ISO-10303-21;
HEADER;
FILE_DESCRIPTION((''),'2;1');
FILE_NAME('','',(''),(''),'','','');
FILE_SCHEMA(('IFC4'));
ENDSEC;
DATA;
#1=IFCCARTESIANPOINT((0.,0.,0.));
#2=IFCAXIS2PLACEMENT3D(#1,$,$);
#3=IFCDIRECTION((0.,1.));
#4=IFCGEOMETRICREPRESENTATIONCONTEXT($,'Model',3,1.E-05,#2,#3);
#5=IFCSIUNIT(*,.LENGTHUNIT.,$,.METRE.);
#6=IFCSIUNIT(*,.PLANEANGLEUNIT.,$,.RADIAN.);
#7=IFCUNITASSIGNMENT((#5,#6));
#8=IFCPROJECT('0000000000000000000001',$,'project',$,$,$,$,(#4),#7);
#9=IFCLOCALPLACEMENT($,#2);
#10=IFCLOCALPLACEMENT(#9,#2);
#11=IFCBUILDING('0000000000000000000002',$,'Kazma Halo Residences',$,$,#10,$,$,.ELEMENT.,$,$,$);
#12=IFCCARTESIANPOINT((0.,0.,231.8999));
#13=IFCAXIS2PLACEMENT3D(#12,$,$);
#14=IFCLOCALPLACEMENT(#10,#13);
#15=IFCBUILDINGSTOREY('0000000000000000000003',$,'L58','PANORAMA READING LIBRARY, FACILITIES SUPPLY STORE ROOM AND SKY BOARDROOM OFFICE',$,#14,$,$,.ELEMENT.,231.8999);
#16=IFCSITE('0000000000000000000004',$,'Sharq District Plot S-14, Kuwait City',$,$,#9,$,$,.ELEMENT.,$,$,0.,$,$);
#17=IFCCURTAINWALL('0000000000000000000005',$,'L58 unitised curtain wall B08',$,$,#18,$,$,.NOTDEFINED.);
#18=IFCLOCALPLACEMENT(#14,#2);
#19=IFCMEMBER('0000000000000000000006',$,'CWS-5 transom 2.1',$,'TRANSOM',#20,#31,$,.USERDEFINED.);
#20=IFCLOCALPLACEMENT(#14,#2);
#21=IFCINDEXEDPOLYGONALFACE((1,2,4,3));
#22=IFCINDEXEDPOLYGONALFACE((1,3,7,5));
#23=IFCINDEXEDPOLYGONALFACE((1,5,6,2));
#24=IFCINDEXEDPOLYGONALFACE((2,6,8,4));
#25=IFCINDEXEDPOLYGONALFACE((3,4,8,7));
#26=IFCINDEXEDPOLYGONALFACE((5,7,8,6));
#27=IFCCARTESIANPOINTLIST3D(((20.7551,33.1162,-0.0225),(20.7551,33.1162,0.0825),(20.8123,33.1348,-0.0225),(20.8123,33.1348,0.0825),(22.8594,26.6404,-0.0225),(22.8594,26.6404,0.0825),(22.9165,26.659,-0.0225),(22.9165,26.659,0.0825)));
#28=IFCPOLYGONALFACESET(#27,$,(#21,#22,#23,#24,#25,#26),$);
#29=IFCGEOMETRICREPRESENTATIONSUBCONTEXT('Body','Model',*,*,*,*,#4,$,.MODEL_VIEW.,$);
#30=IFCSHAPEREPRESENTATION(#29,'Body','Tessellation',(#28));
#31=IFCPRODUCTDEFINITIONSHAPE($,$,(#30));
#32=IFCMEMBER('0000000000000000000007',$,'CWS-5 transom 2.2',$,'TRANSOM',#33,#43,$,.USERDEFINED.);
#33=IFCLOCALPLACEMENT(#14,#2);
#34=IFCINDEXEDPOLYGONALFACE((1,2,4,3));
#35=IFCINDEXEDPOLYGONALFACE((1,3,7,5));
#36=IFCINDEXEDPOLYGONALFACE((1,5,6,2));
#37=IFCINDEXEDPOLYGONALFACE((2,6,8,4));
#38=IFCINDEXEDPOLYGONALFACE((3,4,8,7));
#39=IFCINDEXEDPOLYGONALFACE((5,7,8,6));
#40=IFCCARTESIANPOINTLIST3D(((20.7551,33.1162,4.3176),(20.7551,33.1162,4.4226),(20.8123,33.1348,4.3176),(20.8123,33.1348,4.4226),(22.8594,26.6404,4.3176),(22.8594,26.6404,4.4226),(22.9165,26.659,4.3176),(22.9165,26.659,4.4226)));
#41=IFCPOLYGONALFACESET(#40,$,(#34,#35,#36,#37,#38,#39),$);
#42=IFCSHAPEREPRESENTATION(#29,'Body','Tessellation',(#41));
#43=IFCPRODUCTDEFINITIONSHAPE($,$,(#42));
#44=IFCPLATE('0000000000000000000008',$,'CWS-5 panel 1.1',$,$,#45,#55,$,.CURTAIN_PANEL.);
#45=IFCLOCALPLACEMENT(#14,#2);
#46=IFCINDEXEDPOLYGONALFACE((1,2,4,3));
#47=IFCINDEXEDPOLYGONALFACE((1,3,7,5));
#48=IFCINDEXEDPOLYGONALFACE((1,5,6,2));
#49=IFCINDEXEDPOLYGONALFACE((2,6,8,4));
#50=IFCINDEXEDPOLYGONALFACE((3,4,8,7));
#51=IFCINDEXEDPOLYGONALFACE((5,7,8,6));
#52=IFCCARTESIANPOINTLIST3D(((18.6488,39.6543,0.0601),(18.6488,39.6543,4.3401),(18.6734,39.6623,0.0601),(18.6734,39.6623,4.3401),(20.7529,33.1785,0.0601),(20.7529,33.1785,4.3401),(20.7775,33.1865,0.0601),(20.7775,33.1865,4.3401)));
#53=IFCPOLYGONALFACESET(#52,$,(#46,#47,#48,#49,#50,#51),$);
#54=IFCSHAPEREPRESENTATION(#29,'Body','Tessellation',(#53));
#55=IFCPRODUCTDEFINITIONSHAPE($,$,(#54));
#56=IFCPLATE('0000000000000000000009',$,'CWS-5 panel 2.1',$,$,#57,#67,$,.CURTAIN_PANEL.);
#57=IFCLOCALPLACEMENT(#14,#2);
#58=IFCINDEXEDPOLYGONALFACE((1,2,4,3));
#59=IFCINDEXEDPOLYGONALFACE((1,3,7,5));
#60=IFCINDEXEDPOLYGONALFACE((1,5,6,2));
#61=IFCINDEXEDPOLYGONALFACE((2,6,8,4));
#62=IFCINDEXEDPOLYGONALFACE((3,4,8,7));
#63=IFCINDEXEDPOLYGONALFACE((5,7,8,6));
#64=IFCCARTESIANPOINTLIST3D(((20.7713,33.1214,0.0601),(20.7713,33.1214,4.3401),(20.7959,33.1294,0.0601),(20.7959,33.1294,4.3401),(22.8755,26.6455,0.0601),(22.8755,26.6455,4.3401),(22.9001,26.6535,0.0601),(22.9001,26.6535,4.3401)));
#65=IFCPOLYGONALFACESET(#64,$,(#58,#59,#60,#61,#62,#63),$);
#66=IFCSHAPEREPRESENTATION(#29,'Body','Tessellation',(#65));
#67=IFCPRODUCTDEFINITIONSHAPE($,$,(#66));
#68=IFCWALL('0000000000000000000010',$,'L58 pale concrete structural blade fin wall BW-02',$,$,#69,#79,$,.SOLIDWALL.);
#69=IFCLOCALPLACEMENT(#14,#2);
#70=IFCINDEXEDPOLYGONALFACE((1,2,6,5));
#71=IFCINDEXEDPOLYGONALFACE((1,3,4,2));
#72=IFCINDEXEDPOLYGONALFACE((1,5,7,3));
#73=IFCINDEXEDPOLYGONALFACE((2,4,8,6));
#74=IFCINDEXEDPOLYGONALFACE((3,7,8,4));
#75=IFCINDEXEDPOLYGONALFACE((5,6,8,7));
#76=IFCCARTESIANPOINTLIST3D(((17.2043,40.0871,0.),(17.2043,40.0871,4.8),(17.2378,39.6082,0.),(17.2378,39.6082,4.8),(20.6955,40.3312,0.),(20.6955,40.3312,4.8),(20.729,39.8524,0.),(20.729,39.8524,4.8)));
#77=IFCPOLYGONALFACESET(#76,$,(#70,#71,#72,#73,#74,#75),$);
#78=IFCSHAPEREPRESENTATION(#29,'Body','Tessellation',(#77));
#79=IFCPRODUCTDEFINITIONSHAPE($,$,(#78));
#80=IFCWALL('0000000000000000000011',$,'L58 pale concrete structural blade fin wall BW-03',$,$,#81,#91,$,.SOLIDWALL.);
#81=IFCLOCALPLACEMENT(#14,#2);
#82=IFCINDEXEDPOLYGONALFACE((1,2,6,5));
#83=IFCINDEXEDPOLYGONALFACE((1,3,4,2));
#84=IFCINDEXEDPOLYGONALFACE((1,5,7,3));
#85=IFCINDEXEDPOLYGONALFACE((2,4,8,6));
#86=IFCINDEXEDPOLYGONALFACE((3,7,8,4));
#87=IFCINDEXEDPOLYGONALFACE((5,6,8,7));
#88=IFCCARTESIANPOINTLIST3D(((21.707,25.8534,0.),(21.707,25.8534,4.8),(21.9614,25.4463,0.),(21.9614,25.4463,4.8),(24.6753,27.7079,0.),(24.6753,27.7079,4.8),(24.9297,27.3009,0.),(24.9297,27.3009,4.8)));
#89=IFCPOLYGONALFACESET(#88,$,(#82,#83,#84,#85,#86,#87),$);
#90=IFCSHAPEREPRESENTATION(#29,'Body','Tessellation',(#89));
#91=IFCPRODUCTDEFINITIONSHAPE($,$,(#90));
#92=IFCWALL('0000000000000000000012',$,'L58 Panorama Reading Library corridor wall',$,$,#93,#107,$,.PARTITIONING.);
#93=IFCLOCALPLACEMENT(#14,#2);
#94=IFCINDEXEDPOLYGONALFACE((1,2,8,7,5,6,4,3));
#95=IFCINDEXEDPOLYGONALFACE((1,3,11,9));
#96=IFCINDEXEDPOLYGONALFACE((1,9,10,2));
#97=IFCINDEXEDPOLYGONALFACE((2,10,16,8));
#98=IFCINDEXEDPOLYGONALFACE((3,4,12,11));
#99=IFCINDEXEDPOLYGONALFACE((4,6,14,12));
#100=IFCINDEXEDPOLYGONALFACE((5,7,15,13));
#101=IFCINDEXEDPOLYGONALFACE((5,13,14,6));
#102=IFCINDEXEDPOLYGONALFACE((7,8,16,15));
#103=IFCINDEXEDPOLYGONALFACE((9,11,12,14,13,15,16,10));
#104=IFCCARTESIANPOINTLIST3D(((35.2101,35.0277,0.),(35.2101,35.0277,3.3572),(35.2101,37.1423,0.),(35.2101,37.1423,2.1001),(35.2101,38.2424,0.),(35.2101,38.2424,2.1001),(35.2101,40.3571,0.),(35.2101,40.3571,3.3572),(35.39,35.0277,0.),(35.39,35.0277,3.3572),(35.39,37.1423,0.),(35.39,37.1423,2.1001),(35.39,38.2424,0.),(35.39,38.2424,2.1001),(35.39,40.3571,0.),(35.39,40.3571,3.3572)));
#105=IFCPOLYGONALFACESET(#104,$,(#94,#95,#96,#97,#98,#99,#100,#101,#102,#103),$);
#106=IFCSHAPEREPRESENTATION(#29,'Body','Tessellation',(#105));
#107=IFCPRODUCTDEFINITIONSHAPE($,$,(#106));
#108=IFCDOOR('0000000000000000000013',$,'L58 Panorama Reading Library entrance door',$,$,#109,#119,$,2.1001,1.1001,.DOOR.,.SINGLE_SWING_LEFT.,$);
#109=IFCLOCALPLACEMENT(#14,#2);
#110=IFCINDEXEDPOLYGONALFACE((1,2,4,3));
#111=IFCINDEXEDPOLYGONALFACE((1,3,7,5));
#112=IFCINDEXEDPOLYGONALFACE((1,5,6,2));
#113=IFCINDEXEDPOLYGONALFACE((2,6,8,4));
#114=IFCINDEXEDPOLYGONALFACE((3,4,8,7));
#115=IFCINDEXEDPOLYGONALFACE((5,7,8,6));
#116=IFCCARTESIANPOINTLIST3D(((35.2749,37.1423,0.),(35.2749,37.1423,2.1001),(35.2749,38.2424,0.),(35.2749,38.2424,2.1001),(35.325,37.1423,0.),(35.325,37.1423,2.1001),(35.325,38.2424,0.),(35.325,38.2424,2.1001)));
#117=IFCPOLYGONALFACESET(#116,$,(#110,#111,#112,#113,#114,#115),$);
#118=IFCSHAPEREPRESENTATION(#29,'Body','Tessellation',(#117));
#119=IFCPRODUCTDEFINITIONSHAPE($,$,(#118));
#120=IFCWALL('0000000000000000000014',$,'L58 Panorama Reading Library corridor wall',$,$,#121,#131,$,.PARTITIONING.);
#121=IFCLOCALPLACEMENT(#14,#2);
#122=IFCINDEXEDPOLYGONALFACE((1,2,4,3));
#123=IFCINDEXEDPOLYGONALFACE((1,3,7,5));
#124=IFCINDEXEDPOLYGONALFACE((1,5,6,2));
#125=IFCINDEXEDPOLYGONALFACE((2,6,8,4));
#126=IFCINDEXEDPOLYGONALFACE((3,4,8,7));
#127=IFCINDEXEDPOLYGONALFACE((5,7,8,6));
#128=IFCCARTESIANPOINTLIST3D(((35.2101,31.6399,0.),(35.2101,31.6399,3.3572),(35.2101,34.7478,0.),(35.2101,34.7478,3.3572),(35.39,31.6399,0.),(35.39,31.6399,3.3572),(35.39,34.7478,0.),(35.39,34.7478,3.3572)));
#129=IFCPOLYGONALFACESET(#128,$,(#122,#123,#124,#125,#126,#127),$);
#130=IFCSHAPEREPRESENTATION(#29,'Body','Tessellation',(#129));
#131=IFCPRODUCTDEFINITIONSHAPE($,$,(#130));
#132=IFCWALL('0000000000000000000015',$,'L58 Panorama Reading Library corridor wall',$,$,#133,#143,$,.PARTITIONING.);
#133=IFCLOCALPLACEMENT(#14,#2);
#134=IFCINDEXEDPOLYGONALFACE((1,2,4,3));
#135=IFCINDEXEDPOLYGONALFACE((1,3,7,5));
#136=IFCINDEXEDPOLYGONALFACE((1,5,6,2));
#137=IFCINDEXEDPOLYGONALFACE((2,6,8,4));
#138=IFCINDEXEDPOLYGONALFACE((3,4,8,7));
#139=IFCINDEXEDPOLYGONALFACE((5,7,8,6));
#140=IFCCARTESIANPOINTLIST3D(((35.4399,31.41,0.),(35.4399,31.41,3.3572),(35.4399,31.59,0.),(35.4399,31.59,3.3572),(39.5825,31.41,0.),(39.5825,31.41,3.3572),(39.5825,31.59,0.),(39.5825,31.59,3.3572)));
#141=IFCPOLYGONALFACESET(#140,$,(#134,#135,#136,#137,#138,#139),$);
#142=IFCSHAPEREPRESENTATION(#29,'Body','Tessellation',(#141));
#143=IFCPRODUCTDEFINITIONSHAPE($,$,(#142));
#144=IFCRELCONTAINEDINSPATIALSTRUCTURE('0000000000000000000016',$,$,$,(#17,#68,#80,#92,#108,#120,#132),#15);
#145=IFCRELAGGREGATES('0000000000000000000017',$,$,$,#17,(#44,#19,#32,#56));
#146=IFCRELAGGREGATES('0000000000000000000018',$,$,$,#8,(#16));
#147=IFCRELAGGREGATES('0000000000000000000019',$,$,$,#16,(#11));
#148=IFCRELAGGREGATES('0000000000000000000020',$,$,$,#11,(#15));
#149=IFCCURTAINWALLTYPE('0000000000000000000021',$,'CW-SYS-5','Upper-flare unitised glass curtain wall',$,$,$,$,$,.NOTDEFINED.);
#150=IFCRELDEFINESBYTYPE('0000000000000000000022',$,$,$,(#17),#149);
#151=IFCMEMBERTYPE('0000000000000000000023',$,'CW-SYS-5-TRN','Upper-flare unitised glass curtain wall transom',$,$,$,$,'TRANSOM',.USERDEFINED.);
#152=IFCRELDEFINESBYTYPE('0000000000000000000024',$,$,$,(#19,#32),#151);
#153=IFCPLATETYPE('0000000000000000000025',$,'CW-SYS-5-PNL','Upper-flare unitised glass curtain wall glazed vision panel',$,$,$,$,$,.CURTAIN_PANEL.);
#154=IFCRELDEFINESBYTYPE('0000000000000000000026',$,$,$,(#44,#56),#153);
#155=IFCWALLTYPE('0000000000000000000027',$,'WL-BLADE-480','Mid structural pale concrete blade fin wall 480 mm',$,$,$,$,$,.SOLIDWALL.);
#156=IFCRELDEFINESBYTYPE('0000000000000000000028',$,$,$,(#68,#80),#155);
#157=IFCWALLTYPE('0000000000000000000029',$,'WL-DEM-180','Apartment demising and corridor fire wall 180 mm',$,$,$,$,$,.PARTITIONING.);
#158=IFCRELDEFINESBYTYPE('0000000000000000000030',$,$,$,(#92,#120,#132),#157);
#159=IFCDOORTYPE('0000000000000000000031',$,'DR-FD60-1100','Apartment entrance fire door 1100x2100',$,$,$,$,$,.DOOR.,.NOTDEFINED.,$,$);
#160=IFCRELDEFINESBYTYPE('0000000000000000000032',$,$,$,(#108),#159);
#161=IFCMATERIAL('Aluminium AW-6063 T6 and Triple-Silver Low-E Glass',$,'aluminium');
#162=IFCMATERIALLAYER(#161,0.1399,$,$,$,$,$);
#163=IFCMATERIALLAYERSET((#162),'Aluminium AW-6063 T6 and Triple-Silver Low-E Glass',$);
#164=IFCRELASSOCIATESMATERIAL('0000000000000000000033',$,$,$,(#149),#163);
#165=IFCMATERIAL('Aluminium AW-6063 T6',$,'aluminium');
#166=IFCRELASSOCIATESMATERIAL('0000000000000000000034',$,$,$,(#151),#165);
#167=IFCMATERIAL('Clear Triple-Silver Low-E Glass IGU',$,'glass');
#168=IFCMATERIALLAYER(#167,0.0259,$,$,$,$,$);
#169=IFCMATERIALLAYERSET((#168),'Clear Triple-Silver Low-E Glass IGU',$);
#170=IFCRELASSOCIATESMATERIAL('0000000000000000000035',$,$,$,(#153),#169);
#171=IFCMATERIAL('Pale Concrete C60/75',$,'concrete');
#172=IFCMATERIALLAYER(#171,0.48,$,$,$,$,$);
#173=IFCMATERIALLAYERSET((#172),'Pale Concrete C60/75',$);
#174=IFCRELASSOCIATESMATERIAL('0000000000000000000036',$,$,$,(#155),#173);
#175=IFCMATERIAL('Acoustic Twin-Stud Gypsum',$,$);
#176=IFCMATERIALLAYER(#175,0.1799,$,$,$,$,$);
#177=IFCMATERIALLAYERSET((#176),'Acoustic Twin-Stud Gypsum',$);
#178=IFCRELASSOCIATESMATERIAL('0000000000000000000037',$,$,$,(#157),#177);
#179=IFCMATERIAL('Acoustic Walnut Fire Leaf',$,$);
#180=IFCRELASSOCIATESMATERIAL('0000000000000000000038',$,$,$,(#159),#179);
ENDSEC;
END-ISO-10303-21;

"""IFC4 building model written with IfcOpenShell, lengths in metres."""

from ifc_helpers import new_model, si_unit, direction, frame, frame_2d, origin, origin_2d, place, context, subcontext, project, spatial, rectangle, extrude, material, layer, layer_set, material_profile, profile_set, type_object, element, fill, aggregate, save


model = new_model("IFC4")

# Units and contexts
model_context = context("Model", 3, precision=1e-05, world=origin(), true_north=direction((0.0, 1.0)))
body_context = subcontext(model_context, "Body", "Model", "MODEL_VIEW")
ifc_project = project(units=[si_unit("LENGTHUNIT", "METRE"), si_unit("PLANEANGLEUNIT", "RADIAN")], contexts=[model_context])

# Site, building, storey
site_placement = place(None, origin())
site = spatial("IfcSite", under=ifc_project, at=site_placement, Name="Sharq District Plot S-14, Kuwait City", CompositionType="ELEMENT", RefElevation=0.0)
building_placement = place(site_placement, origin())
building = spatial("IfcBuilding", under=site, at=building_placement, Name="Kazma Halo Residences", CompositionType="ELEMENT")
storey_placement = place(building_placement, frame((0.0, 0.0, 231.8999)))
storey = spatial("IfcBuildingStorey", under=building, at=storey_placement, Name="L58", Description="PANORAMA READING LIBRARY, FACILITIES SUPPLY STORE ROOM AND SKY BOARDROOM OFFICE", CompositionType="ELEMENT", Elevation=231.8999)

# Shared definitions
ifc_material_1 = material(Name="Aluminium AW-6063 T6 and Triple-Silver Low-E Glass", Category="aluminium")
ifc_layer_1 = layer(ifc_material_1, 0.1399)
ifc_layer_set_1 = layer_set([ifc_layer_1], Name="Aluminium AW-6063 T6 and Triple-Silver Low-E Glass")
curtain_wall_type = type_object("IfcCurtainWallType", Name="CW-SYS-5", Description="Upper-flare unitised glass curtain wall", PredefinedType="NOTDEFINED", material=ifc_layer_set_1)
ifc_material_2 = material(Name="Aluminium AW-6063 T6", Category="aluminium")

# Curtain wall
curtain_wall_1_placement = place(storey_placement, origin())
curtain_wall_1 = element("IfcCurtainWall", 1, at=curtain_wall_1_placement, inside=storey, type_object=curtain_wall_type, Name="L58 unitised curtain wall B08", PredefinedType="NOTDEFINED")

# Members
ifc_material_profile_1 = material_profile(ifc_material_2, rectangle(XDim=0.0601, YDim=0.105, at=origin_2d()), Name="CWT-60x105")
ifc_profile_set_1 = profile_set([ifc_material_profile_1], Name="Aluminium AW-6063 T6")
member_type_1 = type_object("IfcMemberType", Name="CW-SYS-5-TRN", Description="Upper-flare unitised glass curtain wall transom", ElementType="TRANSOM", PredefinedType="USERDEFINED", material=ifc_profile_set_1)
member_1_placement = place(storey_placement, frame((20.7837, 33.1255, 0.03), z_axis=(0.309033, -0.951051, 0.0), x_axis=(0.951051, 0.309033, 0.0)))
member_1 = element("IfcMember", 2, at=member_1_placement, type_object=member_type_1, Name="CWS-5 transom 2.1", ObjectType="TRANSOM", PredefinedType="USERDEFINED", context=body_context, shape_type="SweptSolid", body=[
    extrude(rectangle(XDim=0.0601, YDim=0.105, at=origin_2d()), origin(), (0.0, 0.0, 1.0), 6.8091),
])
member_2_placement = place(storey_placement, frame((20.7837, 33.1255, 4.3701), z_axis=(0.309033, -0.951051, 0.0), x_axis=(0.951051, 0.309033, 0.0)))
member_2 = element("IfcMember", 3, at=member_2_placement, type_object=member_type_1, Name="CWS-5 transom 2.2", ObjectType="TRANSOM", PredefinedType="USERDEFINED", context=body_context, shape_type="SweptSolid", body=[
    extrude(rectangle(XDim=0.0601, YDim=0.105, at=origin_2d()), origin(), (0.0, 0.0, 1.0), 6.8091),
])

# Plates
ifc_material_3 = material(Name="Clear Triple-Silver Low-E Glass IGU", Category="glass")
ifc_layer_2 = layer(ifc_material_3, 0.0259)
ifc_layer_set_2 = layer_set([ifc_layer_2], Name="Clear Triple-Silver Low-E Glass IGU")
plate_type = type_object("IfcPlateType", Name="CW-SYS-5-PNL", Description="Upper-flare unitised glass curtain wall glazed vision panel", PredefinedType="CURTAIN_PANEL", material=ifc_layer_set_2)
plate_1_placement = place(storey_placement, frame((19.7131, 36.4204, 0.0601), z_axis=(0.0, 0.0, 1.0), x_axis=(0.30902, -0.951056, 0.0)))
plate_1 = element("IfcPlate", 4, at=plate_1_placement, type_object=plate_type, Name="CWS-5 panel 1.1", PredefinedType="CURTAIN_PANEL", context=body_context, shape_type="SweptSolid", body=[
    extrude(rectangle(XDim=6.8091, YDim=0.0259, at=origin_2d()), origin(), (0.0, 0.0, 1.0), 4.28),
])
plate_2_placement = place(storey_placement, frame((21.8357, 29.8875, 0.0601), z_axis=(0.0, 0.0, 1.0), x_axis=(0.30902, -0.951056, 0.0)))
plate_2 = element("IfcPlate", 5, at=plate_2_placement, type_object=plate_type, Name="CWS-5 panel 2.1", PredefinedType="CURTAIN_PANEL", context=body_context, shape_type="SweptSolid", body=[
    extrude(rectangle(XDim=6.8091, YDim=0.0259, at=origin_2d()), origin(), (0.0, 0.0, 1.0), 4.28),
])
aggregate(curtain_wall_1, [plate_1, member_1, member_2, plate_2])

# Walls
ifc_material_4 = material(Name="Pale Concrete C60/75", Category="concrete")
ifc_layer_3 = layer(ifc_material_4, 0.48)
ifc_layer_set_3 = layer_set([ifc_layer_3], Name="Pale Concrete C60/75")
wall_type_1 = type_object("IfcWallType", Name="WL-BLADE-480", Description="Mid structural pale concrete blade fin wall 480 mm", PredefinedType="SOLIDWALL", material=ifc_layer_set_3)
wall_1_placement = place(storey_placement, frame((20.7124, 40.0918, 0.0), z_axis=(0.0, 0.0, 1.0), x_axis=(-0.997564, -0.06976, 0.0)))
element("IfcWall", 6, at=wall_1_placement, inside=storey, type_object=wall_type_1, Name="L58 pale concrete structural blade fin wall BW-02", PredefinedType="SOLIDWALL", context=body_context, shape_type="SweptSolid", body=[
    extrude(rectangle(XDim=3.4998, YDim=0.48, at=frame_2d((1.75, 0.0))), origin(), (0.0, 0.0, 1.0), 4.8),
])
wall_2_placement = place(storey_placement, frame((24.8025, 27.5044, 0.0), z_axis=(0.0, 0.0, 1.0), x_axis=(-0.848085, -0.529861, 0.0)))
element("IfcWall", 7, at=wall_2_placement, inside=storey, type_object=wall_type_1, Name="L58 pale concrete structural blade fin wall BW-03", PredefinedType="SOLIDWALL", context=body_context, shape_type="SweptSolid", body=[
    extrude(rectangle(XDim=3.5, YDim=0.48, at=frame_2d((1.75, 0.0))), origin(), (0.0, 0.0, 1.0), 4.8),
])

# Wall, opening, door
ifc_material_5 = material(Name="Acoustic Twin-Stud Gypsum")
ifc_layer_4 = layer(ifc_material_5, 0.1799)
ifc_layer_set_4 = layer_set([ifc_layer_4], Name="Acoustic Twin-Stud Gypsum")
wall_type_2 = type_object("IfcWallType", Name="WL-DEM-180", Description="Apartment demising and corridor fire wall 180 mm", PredefinedType="PARTITIONING", material=ifc_layer_set_4)
wall_3_placement = place(storey_placement, frame((35.3, 40.3569, 0.0), z_axis=(0.0, 0.0, 1.0), x_axis=(0.0, -1.0, 0.0)))
wall_3 = element("IfcWall", 8, at=wall_3_placement, inside=storey, type_object=wall_type_2, Name="L58 Panorama Reading Library corridor wall", PredefinedType="PARTITIONING", context=body_context, shape_type="SweptSolid", body=[
    extrude(rectangle(XDim=5.3293, YDim=0.1799, at=frame_2d((2.6646, 0.0))), origin(), (0.0, 0.0, 1.0), 3.3572),
])
opening_placement = place(wall_3_placement, frame((2.1145, 0.0, 0.0)))
opening = element("IfcOpeningElement", 9, at=opening_placement, cuts=wall_3, PredefinedType="OPENING", context=body_context, shape_type="SweptSolid", body=[
    extrude(rectangle(XDim=1.1001, YDim=2.1001, at=frame_2d((0.55, 1.05))), frame((0.0, 0.0999, 0.0), z_axis=(0.0, -1.0, 0.0), x_axis=(1.0, 0.0, 0.0)), (0.0, 0.0, 1.0), 0.2),
])
ifc_material_6 = material(Name="Acoustic Walnut Fire Leaf")
door_type = type_object("IfcDoorType", Name="DR-FD60-1100", Description="Apartment entrance fire door 1100x2100", OperationType="NOTDEFINED", PredefinedType="DOOR", material=ifc_material_6)
door_placement = place(opening_placement, origin())
door = element("IfcDoor", 10, at=door_placement, inside=storey, type_object=door_type, Name="L58 Panorama Reading Library entrance door", OperationType="SINGLE_SWING_LEFT", OverallHeight=2.1001, OverallWidth=1.1001, PredefinedType="DOOR", context=body_context, shape_type="SweptSolid", body=[
    extrude(rectangle(XDim=1.1001, YDim=2.1001, at=frame_2d((0.55, 1.05))), frame((0.0, 0.0249, 0.0), z_axis=(0.0, -1.0, 0.0), x_axis=(1.0, 0.0, 0.0)), (0.0, 0.0, 1.0), 0.05),
])
fill(opening, door)

# Walls
wall_4_placement = place(storey_placement, frame((35.3, 34.7478, 0.0), z_axis=(0.0, 0.0, 1.0), x_axis=(0.0, -1.0, 0.0)))
element("IfcWall", 11, at=wall_4_placement, inside=storey, type_object=wall_type_2, Name="L58 Panorama Reading Library corridor wall", PredefinedType="PARTITIONING", context=body_context, shape_type="SweptSolid", body=[
    extrude(rectangle(XDim=3.1079, YDim=0.1799, at=frame_2d((1.554, 0.0))), origin(), (0.0, 0.0, 1.0), 3.3572),
])
wall_5_placement = place(storey_placement, frame((35.4399, 31.5, 0.0), z_axis=(0.0, 0.0, 1.0), x_axis=(1.0, 0.0, 0.0)))
element("IfcWall", 12, at=wall_5_placement, inside=storey, type_object=wall_type_2, Name="L58 Panorama Reading Library corridor wall", PredefinedType="PARTITIONING", context=body_context, shape_type="SweptSolid", body=[
    extrude(rectangle(XDim=4.1426, YDim=0.1799, at=frame_2d((2.0713, 0.0))), origin(), (0.0, 0.0, 1.0), 3.3572),
])

save(model, "model.ifc")
